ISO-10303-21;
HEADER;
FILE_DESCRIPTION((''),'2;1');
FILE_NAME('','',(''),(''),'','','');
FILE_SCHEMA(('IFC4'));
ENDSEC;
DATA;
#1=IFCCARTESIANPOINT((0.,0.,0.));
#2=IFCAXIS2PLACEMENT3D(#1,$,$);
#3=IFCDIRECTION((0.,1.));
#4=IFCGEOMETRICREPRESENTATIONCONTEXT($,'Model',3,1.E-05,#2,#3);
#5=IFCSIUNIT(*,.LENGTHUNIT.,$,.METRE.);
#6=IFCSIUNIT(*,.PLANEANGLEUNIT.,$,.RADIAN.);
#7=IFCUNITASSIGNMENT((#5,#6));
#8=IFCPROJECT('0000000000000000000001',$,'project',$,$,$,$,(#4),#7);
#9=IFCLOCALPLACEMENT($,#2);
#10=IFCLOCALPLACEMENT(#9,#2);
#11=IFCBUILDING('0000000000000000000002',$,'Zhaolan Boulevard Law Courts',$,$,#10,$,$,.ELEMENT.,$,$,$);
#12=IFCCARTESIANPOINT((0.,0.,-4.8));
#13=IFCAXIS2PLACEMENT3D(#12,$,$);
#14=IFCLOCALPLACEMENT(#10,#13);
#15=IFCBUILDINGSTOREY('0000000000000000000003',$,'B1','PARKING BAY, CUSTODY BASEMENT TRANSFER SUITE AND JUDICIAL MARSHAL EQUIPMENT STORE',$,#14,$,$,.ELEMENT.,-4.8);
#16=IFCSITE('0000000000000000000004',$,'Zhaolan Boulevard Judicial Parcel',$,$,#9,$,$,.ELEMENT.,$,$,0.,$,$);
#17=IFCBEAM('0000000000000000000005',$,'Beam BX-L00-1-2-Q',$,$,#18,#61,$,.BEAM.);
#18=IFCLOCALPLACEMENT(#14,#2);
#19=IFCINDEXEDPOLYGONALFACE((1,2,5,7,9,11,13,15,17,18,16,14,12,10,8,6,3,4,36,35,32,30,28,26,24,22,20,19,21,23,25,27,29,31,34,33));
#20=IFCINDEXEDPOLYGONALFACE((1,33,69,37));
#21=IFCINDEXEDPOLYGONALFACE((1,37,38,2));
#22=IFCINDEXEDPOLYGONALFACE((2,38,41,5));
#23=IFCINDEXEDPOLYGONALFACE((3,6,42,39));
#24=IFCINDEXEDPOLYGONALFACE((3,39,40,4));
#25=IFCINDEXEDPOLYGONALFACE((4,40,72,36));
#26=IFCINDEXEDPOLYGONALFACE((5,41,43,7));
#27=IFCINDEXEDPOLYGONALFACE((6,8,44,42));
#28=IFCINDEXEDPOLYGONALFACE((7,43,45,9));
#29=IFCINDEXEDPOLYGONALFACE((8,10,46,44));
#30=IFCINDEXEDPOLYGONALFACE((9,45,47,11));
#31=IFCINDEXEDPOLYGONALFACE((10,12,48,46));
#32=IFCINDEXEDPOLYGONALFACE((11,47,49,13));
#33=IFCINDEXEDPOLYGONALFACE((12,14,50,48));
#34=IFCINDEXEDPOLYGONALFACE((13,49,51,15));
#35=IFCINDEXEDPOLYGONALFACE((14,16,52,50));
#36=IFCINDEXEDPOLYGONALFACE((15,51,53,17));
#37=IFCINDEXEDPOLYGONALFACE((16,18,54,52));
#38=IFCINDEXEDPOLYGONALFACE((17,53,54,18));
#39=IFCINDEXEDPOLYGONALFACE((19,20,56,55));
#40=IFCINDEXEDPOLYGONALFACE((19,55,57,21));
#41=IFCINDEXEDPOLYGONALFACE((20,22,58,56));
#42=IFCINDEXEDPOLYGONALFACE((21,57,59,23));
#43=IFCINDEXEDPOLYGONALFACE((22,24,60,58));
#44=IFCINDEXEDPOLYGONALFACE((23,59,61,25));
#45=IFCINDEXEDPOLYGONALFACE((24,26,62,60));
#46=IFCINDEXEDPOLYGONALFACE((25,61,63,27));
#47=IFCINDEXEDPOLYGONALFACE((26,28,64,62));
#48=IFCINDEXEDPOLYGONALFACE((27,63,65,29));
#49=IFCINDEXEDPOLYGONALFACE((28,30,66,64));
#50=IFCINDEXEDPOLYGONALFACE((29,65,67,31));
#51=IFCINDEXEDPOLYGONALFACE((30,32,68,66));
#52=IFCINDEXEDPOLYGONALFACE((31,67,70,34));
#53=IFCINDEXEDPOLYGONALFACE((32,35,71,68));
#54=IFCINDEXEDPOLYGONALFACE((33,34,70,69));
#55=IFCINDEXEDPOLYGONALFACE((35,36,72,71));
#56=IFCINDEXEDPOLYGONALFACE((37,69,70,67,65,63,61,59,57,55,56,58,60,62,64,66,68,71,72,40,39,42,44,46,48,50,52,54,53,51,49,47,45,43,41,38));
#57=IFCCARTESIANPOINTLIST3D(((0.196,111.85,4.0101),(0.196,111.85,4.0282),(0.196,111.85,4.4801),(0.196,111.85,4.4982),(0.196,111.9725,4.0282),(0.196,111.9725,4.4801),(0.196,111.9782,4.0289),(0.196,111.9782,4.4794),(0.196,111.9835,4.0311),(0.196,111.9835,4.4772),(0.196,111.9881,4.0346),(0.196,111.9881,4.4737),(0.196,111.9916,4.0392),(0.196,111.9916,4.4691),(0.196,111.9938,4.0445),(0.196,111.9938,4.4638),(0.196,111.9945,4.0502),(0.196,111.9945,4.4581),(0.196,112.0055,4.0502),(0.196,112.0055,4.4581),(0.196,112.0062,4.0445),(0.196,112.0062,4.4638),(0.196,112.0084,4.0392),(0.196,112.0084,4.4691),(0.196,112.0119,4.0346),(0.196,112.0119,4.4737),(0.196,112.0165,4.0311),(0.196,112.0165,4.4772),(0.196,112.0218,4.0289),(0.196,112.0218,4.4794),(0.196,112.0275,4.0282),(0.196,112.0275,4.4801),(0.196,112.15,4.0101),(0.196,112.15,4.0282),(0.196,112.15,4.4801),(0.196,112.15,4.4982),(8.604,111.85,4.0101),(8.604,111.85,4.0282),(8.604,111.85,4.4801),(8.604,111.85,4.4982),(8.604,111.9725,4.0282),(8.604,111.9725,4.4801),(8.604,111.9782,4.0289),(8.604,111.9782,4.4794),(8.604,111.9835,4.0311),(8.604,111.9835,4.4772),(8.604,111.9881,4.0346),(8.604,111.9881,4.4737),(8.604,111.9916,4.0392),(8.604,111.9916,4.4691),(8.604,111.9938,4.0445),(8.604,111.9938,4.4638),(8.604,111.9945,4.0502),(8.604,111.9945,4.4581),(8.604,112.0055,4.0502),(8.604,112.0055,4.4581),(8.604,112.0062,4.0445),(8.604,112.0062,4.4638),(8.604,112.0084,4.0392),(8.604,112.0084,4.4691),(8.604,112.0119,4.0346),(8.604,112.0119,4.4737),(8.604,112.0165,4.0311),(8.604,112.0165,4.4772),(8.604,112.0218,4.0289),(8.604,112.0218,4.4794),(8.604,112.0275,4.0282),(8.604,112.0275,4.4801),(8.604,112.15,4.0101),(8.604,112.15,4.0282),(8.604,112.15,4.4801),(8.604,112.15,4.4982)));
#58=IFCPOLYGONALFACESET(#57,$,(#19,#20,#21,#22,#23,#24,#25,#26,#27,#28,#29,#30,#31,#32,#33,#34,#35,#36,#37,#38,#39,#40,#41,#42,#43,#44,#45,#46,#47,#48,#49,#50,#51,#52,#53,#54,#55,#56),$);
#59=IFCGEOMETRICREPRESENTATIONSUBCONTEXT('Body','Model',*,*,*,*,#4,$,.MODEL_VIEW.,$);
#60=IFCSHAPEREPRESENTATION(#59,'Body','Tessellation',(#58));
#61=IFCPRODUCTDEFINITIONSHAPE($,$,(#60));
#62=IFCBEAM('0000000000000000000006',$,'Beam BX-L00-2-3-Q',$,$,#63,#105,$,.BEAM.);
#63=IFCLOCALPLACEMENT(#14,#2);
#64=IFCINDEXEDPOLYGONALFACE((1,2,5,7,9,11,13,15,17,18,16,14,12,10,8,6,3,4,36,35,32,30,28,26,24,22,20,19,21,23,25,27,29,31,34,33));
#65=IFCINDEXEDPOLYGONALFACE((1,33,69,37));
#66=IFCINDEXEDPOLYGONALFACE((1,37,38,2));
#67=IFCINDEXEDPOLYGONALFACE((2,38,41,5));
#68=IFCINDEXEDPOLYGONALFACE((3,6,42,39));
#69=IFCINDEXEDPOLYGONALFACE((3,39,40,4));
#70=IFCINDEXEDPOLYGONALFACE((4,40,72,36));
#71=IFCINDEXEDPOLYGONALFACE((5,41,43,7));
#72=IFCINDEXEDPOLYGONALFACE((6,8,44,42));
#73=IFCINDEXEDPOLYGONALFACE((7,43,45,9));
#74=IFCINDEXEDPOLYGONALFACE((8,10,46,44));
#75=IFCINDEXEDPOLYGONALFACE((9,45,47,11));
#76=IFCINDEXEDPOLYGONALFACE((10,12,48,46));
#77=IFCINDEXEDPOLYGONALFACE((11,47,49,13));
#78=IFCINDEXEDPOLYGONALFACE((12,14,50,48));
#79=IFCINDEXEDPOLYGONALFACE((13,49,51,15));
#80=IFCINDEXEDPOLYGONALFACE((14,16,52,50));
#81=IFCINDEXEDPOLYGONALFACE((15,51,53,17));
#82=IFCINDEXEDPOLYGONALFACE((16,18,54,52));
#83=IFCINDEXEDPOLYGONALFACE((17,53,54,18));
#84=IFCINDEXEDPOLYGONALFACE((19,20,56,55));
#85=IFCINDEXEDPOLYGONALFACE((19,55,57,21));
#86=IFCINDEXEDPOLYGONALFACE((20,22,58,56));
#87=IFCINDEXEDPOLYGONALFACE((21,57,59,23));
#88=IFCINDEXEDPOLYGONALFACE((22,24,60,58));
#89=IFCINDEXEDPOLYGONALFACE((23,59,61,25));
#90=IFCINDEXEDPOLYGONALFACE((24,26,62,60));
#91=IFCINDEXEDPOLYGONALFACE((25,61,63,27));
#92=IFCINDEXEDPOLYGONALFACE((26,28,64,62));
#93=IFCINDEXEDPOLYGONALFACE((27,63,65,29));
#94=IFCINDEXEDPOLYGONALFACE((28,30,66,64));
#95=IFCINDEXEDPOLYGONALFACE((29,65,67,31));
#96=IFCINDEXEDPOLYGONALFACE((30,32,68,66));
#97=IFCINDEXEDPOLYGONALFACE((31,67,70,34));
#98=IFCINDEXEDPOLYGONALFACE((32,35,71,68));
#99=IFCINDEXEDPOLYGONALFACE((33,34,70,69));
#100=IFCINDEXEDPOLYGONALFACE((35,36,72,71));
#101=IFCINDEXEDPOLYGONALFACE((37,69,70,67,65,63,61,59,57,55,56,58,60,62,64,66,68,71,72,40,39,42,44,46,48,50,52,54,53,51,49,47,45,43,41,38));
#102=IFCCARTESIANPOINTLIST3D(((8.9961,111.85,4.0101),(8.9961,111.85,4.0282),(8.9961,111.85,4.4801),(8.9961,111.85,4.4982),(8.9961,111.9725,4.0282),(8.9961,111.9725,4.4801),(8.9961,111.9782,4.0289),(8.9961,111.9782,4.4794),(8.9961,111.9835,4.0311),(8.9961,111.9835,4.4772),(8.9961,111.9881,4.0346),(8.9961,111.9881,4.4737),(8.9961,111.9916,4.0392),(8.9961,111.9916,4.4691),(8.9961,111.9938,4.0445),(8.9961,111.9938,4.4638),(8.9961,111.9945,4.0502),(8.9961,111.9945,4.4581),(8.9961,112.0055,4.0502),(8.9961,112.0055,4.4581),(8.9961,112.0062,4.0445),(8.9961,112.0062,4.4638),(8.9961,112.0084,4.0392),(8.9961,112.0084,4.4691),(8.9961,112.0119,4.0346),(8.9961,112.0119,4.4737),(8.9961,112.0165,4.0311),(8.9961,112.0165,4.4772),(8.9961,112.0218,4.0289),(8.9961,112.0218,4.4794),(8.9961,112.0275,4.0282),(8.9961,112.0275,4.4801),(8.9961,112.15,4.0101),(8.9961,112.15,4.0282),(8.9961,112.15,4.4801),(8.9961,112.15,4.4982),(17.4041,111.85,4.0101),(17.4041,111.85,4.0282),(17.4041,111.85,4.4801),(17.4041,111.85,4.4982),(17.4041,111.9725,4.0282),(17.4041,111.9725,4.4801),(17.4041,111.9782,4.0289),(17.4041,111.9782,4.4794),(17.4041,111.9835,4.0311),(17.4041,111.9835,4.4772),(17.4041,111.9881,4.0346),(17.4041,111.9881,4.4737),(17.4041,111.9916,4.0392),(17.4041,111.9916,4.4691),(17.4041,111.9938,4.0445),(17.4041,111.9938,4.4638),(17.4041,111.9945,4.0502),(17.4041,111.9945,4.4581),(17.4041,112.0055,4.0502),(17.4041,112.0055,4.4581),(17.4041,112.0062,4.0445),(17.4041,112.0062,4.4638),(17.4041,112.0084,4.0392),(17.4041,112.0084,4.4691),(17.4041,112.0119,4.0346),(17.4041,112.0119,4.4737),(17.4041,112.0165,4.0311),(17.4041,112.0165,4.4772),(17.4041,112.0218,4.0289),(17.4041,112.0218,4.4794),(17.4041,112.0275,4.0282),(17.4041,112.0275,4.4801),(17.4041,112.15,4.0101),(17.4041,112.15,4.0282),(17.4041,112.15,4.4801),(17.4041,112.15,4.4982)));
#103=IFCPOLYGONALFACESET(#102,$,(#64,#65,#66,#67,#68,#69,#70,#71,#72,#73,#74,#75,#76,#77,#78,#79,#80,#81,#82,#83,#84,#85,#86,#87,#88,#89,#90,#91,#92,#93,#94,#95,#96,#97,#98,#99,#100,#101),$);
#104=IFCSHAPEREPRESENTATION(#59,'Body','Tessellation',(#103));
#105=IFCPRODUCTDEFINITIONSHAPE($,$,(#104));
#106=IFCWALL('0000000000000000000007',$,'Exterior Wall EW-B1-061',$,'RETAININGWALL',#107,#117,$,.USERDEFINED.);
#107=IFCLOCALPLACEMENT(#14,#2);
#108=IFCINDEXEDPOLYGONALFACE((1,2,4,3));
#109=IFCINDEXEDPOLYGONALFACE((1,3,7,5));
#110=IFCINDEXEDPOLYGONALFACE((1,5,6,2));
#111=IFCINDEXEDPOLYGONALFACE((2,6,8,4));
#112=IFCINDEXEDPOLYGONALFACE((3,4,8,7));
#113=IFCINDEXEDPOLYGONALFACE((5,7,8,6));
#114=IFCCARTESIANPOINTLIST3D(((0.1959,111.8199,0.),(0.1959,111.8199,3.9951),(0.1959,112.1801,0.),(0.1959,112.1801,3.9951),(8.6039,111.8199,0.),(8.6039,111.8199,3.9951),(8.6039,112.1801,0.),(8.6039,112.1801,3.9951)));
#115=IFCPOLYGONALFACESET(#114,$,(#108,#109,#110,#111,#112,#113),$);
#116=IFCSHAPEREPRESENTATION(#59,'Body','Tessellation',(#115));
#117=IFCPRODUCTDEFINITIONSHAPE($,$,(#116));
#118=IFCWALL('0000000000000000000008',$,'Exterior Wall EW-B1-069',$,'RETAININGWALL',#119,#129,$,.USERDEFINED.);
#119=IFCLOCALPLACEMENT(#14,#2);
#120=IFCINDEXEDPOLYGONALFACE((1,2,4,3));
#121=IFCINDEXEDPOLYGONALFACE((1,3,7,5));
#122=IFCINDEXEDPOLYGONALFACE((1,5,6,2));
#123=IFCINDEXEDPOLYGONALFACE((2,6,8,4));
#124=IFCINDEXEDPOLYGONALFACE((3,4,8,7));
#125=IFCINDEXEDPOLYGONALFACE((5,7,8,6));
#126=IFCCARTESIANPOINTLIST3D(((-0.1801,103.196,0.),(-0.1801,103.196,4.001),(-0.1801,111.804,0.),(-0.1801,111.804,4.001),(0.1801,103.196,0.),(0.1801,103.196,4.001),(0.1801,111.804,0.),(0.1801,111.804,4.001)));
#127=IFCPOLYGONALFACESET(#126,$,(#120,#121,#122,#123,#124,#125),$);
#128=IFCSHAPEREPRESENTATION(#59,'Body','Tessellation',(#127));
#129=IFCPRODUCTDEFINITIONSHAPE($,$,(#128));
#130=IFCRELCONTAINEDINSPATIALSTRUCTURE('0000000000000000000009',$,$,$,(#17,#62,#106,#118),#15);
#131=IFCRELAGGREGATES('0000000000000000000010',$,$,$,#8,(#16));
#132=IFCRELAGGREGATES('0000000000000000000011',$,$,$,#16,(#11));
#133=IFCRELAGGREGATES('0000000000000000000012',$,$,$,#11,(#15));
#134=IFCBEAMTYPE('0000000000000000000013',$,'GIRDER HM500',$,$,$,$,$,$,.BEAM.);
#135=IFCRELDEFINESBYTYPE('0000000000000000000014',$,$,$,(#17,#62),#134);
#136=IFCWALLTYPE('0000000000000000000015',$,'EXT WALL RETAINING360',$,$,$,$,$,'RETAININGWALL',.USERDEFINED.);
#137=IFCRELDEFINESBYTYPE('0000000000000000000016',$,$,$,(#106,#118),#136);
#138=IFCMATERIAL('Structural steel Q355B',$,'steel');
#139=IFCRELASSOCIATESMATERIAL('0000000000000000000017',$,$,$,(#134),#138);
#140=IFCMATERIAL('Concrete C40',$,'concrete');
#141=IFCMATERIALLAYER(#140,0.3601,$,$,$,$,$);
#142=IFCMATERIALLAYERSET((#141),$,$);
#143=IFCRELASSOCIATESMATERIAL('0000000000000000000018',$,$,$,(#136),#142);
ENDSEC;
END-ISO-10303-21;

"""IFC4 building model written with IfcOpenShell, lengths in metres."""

from ifc_helpers import new_model, si_unit, direction, frame, frame_2d, origin, origin_2d, place, context, subcontext, project, spatial, rectangle, i_section, extrude, material, layer, layer_set, material_profile, profile_set, type_object, element, save


model = new_model("IFC4")

# Units and contexts
model_context = context("Model", 3, precision=1e-05, world=origin(), true_north=direction((0.0, 1.0)))
body_context = subcontext(model_context, "Body", "Model", "MODEL_VIEW")
ifc_project = project(units=[si_unit("LENGTHUNIT", "METRE"), si_unit("PLANEANGLEUNIT", "RADIAN")], contexts=[model_context])

# Site, building, storey
site_placement = place(None, origin())
site = spatial("IfcSite", under=ifc_project, at=site_placement, Name="Zhaolan Boulevard Judicial Parcel", CompositionType="ELEMENT", RefElevation=0.0)
building_placement = place(site_placement, origin())
building = spatial("IfcBuilding", under=site, at=building_placement, Name="Zhaolan Boulevard Law Courts", CompositionType="ELEMENT")
storey_placement = place(building_placement, frame((0.0, 0.0, -4.8)))
storey = spatial("IfcBuildingStorey", under=building, at=storey_placement, Name="B1", Description="PARKING BAY, CUSTODY BASEMENT TRANSFER SUITE AND JUDICIAL MARSHAL EQUIPMENT STORE", CompositionType="ELEMENT", Elevation=-4.8)

# Beams
ifc_material_1 = material(Name="Structural steel Q355B", Category="steel")
ifc_material_profile_1 = material_profile(ifc_material_1, i_section(OverallWidth=0.3, OverallDepth=0.488, WebThickness=0.011, FlangeThickness=0.0181, FilletRadius=0.022, at=origin_2d()), Name="HM488x300")
ifc_profile_set_1 = profile_set([ifc_material_profile_1], Name="Structural steel Q355B")
beam_type_1 = type_object("IfcBeamType", Name="GIRDER HM500", PredefinedType="BEAM", material=ifc_profile_set_1)
for number, where, z_axis, x_axis, name in (
    (1, (0.196, 112.0, 4.2542), (1.0, 0.0, 0.0), (0.0, 1.0, 0.0), "Beam BX-L00-1-2-Q"),
    (2, (8.9961, 112.0, 4.2542), (1.0, 0.0, 0.0), (0.0, 1.0, 0.0), "Beam BX-L00-2-3-Q"),
):
    element("IfcBeam", number, at=place(storey_placement, frame(where, z_axis=z_axis, x_axis=x_axis)), inside=storey, type_object=beam_type_1, Name=name, PredefinedType="BEAM", context=body_context, shape_type="SweptSolid", body=[
        extrude(i_section(OverallWidth=0.3, OverallDepth=0.488, WebThickness=0.011, FlangeThickness=0.0181, FilletRadius=0.022, at=origin_2d()), origin(), (0.0, 0.0, 1.0), 8.408),
    ])

# Walls
ifc_material_2 = material(Name="Concrete C40", Category="concrete")
ifc_layer = layer(ifc_material_2, 0.3601)
ifc_layer_set = layer_set([ifc_layer])
wall_type = type_object("IfcWallType", Name="EXT WALL RETAINING360", ElementType="RETAININGWALL", PredefinedType="USERDEFINED", material=ifc_layer_set)
wall_1_placement = place(storey_placement, frame((8.604, 112.0, 0.0), z_axis=(0.0, 0.0, 1.0), x_axis=(-1.0, 0.0, 0.0)))
element("IfcWall", 3, at=wall_1_placement, inside=storey, type_object=wall_type, Name="Exterior Wall EW-B1-061", ObjectType="RETAININGWALL", PredefinedType="USERDEFINED", context=body_context, shape_type="SweptSolid", body=[
    extrude(rectangle(XDim=8.408, YDim=0.3601, at=frame_2d((4.2041, 0.0))), origin(), (0.0, 0.0, 1.0), 3.9951),
])
wall_2_placement = place(storey_placement, frame((0.0, 111.804, 0.0), z_axis=(0.0, 0.0, 1.0), x_axis=(0.0, -1.0, 0.0)))
element("IfcWall", 4, at=wall_2_placement, inside=storey, type_object=wall_type, Name="Exterior Wall EW-B1-069", ObjectType="RETAININGWALL", PredefinedType="USERDEFINED", context=body_context, shape_type="SweptSolid", body=[
    extrude(rectangle(XDim=8.6079, YDim=0.3601, at=frame_2d((4.304, 0.0))), origin(), (0.0, 0.0, 1.0), 4.001),
])

save(model, "model.ifc")
